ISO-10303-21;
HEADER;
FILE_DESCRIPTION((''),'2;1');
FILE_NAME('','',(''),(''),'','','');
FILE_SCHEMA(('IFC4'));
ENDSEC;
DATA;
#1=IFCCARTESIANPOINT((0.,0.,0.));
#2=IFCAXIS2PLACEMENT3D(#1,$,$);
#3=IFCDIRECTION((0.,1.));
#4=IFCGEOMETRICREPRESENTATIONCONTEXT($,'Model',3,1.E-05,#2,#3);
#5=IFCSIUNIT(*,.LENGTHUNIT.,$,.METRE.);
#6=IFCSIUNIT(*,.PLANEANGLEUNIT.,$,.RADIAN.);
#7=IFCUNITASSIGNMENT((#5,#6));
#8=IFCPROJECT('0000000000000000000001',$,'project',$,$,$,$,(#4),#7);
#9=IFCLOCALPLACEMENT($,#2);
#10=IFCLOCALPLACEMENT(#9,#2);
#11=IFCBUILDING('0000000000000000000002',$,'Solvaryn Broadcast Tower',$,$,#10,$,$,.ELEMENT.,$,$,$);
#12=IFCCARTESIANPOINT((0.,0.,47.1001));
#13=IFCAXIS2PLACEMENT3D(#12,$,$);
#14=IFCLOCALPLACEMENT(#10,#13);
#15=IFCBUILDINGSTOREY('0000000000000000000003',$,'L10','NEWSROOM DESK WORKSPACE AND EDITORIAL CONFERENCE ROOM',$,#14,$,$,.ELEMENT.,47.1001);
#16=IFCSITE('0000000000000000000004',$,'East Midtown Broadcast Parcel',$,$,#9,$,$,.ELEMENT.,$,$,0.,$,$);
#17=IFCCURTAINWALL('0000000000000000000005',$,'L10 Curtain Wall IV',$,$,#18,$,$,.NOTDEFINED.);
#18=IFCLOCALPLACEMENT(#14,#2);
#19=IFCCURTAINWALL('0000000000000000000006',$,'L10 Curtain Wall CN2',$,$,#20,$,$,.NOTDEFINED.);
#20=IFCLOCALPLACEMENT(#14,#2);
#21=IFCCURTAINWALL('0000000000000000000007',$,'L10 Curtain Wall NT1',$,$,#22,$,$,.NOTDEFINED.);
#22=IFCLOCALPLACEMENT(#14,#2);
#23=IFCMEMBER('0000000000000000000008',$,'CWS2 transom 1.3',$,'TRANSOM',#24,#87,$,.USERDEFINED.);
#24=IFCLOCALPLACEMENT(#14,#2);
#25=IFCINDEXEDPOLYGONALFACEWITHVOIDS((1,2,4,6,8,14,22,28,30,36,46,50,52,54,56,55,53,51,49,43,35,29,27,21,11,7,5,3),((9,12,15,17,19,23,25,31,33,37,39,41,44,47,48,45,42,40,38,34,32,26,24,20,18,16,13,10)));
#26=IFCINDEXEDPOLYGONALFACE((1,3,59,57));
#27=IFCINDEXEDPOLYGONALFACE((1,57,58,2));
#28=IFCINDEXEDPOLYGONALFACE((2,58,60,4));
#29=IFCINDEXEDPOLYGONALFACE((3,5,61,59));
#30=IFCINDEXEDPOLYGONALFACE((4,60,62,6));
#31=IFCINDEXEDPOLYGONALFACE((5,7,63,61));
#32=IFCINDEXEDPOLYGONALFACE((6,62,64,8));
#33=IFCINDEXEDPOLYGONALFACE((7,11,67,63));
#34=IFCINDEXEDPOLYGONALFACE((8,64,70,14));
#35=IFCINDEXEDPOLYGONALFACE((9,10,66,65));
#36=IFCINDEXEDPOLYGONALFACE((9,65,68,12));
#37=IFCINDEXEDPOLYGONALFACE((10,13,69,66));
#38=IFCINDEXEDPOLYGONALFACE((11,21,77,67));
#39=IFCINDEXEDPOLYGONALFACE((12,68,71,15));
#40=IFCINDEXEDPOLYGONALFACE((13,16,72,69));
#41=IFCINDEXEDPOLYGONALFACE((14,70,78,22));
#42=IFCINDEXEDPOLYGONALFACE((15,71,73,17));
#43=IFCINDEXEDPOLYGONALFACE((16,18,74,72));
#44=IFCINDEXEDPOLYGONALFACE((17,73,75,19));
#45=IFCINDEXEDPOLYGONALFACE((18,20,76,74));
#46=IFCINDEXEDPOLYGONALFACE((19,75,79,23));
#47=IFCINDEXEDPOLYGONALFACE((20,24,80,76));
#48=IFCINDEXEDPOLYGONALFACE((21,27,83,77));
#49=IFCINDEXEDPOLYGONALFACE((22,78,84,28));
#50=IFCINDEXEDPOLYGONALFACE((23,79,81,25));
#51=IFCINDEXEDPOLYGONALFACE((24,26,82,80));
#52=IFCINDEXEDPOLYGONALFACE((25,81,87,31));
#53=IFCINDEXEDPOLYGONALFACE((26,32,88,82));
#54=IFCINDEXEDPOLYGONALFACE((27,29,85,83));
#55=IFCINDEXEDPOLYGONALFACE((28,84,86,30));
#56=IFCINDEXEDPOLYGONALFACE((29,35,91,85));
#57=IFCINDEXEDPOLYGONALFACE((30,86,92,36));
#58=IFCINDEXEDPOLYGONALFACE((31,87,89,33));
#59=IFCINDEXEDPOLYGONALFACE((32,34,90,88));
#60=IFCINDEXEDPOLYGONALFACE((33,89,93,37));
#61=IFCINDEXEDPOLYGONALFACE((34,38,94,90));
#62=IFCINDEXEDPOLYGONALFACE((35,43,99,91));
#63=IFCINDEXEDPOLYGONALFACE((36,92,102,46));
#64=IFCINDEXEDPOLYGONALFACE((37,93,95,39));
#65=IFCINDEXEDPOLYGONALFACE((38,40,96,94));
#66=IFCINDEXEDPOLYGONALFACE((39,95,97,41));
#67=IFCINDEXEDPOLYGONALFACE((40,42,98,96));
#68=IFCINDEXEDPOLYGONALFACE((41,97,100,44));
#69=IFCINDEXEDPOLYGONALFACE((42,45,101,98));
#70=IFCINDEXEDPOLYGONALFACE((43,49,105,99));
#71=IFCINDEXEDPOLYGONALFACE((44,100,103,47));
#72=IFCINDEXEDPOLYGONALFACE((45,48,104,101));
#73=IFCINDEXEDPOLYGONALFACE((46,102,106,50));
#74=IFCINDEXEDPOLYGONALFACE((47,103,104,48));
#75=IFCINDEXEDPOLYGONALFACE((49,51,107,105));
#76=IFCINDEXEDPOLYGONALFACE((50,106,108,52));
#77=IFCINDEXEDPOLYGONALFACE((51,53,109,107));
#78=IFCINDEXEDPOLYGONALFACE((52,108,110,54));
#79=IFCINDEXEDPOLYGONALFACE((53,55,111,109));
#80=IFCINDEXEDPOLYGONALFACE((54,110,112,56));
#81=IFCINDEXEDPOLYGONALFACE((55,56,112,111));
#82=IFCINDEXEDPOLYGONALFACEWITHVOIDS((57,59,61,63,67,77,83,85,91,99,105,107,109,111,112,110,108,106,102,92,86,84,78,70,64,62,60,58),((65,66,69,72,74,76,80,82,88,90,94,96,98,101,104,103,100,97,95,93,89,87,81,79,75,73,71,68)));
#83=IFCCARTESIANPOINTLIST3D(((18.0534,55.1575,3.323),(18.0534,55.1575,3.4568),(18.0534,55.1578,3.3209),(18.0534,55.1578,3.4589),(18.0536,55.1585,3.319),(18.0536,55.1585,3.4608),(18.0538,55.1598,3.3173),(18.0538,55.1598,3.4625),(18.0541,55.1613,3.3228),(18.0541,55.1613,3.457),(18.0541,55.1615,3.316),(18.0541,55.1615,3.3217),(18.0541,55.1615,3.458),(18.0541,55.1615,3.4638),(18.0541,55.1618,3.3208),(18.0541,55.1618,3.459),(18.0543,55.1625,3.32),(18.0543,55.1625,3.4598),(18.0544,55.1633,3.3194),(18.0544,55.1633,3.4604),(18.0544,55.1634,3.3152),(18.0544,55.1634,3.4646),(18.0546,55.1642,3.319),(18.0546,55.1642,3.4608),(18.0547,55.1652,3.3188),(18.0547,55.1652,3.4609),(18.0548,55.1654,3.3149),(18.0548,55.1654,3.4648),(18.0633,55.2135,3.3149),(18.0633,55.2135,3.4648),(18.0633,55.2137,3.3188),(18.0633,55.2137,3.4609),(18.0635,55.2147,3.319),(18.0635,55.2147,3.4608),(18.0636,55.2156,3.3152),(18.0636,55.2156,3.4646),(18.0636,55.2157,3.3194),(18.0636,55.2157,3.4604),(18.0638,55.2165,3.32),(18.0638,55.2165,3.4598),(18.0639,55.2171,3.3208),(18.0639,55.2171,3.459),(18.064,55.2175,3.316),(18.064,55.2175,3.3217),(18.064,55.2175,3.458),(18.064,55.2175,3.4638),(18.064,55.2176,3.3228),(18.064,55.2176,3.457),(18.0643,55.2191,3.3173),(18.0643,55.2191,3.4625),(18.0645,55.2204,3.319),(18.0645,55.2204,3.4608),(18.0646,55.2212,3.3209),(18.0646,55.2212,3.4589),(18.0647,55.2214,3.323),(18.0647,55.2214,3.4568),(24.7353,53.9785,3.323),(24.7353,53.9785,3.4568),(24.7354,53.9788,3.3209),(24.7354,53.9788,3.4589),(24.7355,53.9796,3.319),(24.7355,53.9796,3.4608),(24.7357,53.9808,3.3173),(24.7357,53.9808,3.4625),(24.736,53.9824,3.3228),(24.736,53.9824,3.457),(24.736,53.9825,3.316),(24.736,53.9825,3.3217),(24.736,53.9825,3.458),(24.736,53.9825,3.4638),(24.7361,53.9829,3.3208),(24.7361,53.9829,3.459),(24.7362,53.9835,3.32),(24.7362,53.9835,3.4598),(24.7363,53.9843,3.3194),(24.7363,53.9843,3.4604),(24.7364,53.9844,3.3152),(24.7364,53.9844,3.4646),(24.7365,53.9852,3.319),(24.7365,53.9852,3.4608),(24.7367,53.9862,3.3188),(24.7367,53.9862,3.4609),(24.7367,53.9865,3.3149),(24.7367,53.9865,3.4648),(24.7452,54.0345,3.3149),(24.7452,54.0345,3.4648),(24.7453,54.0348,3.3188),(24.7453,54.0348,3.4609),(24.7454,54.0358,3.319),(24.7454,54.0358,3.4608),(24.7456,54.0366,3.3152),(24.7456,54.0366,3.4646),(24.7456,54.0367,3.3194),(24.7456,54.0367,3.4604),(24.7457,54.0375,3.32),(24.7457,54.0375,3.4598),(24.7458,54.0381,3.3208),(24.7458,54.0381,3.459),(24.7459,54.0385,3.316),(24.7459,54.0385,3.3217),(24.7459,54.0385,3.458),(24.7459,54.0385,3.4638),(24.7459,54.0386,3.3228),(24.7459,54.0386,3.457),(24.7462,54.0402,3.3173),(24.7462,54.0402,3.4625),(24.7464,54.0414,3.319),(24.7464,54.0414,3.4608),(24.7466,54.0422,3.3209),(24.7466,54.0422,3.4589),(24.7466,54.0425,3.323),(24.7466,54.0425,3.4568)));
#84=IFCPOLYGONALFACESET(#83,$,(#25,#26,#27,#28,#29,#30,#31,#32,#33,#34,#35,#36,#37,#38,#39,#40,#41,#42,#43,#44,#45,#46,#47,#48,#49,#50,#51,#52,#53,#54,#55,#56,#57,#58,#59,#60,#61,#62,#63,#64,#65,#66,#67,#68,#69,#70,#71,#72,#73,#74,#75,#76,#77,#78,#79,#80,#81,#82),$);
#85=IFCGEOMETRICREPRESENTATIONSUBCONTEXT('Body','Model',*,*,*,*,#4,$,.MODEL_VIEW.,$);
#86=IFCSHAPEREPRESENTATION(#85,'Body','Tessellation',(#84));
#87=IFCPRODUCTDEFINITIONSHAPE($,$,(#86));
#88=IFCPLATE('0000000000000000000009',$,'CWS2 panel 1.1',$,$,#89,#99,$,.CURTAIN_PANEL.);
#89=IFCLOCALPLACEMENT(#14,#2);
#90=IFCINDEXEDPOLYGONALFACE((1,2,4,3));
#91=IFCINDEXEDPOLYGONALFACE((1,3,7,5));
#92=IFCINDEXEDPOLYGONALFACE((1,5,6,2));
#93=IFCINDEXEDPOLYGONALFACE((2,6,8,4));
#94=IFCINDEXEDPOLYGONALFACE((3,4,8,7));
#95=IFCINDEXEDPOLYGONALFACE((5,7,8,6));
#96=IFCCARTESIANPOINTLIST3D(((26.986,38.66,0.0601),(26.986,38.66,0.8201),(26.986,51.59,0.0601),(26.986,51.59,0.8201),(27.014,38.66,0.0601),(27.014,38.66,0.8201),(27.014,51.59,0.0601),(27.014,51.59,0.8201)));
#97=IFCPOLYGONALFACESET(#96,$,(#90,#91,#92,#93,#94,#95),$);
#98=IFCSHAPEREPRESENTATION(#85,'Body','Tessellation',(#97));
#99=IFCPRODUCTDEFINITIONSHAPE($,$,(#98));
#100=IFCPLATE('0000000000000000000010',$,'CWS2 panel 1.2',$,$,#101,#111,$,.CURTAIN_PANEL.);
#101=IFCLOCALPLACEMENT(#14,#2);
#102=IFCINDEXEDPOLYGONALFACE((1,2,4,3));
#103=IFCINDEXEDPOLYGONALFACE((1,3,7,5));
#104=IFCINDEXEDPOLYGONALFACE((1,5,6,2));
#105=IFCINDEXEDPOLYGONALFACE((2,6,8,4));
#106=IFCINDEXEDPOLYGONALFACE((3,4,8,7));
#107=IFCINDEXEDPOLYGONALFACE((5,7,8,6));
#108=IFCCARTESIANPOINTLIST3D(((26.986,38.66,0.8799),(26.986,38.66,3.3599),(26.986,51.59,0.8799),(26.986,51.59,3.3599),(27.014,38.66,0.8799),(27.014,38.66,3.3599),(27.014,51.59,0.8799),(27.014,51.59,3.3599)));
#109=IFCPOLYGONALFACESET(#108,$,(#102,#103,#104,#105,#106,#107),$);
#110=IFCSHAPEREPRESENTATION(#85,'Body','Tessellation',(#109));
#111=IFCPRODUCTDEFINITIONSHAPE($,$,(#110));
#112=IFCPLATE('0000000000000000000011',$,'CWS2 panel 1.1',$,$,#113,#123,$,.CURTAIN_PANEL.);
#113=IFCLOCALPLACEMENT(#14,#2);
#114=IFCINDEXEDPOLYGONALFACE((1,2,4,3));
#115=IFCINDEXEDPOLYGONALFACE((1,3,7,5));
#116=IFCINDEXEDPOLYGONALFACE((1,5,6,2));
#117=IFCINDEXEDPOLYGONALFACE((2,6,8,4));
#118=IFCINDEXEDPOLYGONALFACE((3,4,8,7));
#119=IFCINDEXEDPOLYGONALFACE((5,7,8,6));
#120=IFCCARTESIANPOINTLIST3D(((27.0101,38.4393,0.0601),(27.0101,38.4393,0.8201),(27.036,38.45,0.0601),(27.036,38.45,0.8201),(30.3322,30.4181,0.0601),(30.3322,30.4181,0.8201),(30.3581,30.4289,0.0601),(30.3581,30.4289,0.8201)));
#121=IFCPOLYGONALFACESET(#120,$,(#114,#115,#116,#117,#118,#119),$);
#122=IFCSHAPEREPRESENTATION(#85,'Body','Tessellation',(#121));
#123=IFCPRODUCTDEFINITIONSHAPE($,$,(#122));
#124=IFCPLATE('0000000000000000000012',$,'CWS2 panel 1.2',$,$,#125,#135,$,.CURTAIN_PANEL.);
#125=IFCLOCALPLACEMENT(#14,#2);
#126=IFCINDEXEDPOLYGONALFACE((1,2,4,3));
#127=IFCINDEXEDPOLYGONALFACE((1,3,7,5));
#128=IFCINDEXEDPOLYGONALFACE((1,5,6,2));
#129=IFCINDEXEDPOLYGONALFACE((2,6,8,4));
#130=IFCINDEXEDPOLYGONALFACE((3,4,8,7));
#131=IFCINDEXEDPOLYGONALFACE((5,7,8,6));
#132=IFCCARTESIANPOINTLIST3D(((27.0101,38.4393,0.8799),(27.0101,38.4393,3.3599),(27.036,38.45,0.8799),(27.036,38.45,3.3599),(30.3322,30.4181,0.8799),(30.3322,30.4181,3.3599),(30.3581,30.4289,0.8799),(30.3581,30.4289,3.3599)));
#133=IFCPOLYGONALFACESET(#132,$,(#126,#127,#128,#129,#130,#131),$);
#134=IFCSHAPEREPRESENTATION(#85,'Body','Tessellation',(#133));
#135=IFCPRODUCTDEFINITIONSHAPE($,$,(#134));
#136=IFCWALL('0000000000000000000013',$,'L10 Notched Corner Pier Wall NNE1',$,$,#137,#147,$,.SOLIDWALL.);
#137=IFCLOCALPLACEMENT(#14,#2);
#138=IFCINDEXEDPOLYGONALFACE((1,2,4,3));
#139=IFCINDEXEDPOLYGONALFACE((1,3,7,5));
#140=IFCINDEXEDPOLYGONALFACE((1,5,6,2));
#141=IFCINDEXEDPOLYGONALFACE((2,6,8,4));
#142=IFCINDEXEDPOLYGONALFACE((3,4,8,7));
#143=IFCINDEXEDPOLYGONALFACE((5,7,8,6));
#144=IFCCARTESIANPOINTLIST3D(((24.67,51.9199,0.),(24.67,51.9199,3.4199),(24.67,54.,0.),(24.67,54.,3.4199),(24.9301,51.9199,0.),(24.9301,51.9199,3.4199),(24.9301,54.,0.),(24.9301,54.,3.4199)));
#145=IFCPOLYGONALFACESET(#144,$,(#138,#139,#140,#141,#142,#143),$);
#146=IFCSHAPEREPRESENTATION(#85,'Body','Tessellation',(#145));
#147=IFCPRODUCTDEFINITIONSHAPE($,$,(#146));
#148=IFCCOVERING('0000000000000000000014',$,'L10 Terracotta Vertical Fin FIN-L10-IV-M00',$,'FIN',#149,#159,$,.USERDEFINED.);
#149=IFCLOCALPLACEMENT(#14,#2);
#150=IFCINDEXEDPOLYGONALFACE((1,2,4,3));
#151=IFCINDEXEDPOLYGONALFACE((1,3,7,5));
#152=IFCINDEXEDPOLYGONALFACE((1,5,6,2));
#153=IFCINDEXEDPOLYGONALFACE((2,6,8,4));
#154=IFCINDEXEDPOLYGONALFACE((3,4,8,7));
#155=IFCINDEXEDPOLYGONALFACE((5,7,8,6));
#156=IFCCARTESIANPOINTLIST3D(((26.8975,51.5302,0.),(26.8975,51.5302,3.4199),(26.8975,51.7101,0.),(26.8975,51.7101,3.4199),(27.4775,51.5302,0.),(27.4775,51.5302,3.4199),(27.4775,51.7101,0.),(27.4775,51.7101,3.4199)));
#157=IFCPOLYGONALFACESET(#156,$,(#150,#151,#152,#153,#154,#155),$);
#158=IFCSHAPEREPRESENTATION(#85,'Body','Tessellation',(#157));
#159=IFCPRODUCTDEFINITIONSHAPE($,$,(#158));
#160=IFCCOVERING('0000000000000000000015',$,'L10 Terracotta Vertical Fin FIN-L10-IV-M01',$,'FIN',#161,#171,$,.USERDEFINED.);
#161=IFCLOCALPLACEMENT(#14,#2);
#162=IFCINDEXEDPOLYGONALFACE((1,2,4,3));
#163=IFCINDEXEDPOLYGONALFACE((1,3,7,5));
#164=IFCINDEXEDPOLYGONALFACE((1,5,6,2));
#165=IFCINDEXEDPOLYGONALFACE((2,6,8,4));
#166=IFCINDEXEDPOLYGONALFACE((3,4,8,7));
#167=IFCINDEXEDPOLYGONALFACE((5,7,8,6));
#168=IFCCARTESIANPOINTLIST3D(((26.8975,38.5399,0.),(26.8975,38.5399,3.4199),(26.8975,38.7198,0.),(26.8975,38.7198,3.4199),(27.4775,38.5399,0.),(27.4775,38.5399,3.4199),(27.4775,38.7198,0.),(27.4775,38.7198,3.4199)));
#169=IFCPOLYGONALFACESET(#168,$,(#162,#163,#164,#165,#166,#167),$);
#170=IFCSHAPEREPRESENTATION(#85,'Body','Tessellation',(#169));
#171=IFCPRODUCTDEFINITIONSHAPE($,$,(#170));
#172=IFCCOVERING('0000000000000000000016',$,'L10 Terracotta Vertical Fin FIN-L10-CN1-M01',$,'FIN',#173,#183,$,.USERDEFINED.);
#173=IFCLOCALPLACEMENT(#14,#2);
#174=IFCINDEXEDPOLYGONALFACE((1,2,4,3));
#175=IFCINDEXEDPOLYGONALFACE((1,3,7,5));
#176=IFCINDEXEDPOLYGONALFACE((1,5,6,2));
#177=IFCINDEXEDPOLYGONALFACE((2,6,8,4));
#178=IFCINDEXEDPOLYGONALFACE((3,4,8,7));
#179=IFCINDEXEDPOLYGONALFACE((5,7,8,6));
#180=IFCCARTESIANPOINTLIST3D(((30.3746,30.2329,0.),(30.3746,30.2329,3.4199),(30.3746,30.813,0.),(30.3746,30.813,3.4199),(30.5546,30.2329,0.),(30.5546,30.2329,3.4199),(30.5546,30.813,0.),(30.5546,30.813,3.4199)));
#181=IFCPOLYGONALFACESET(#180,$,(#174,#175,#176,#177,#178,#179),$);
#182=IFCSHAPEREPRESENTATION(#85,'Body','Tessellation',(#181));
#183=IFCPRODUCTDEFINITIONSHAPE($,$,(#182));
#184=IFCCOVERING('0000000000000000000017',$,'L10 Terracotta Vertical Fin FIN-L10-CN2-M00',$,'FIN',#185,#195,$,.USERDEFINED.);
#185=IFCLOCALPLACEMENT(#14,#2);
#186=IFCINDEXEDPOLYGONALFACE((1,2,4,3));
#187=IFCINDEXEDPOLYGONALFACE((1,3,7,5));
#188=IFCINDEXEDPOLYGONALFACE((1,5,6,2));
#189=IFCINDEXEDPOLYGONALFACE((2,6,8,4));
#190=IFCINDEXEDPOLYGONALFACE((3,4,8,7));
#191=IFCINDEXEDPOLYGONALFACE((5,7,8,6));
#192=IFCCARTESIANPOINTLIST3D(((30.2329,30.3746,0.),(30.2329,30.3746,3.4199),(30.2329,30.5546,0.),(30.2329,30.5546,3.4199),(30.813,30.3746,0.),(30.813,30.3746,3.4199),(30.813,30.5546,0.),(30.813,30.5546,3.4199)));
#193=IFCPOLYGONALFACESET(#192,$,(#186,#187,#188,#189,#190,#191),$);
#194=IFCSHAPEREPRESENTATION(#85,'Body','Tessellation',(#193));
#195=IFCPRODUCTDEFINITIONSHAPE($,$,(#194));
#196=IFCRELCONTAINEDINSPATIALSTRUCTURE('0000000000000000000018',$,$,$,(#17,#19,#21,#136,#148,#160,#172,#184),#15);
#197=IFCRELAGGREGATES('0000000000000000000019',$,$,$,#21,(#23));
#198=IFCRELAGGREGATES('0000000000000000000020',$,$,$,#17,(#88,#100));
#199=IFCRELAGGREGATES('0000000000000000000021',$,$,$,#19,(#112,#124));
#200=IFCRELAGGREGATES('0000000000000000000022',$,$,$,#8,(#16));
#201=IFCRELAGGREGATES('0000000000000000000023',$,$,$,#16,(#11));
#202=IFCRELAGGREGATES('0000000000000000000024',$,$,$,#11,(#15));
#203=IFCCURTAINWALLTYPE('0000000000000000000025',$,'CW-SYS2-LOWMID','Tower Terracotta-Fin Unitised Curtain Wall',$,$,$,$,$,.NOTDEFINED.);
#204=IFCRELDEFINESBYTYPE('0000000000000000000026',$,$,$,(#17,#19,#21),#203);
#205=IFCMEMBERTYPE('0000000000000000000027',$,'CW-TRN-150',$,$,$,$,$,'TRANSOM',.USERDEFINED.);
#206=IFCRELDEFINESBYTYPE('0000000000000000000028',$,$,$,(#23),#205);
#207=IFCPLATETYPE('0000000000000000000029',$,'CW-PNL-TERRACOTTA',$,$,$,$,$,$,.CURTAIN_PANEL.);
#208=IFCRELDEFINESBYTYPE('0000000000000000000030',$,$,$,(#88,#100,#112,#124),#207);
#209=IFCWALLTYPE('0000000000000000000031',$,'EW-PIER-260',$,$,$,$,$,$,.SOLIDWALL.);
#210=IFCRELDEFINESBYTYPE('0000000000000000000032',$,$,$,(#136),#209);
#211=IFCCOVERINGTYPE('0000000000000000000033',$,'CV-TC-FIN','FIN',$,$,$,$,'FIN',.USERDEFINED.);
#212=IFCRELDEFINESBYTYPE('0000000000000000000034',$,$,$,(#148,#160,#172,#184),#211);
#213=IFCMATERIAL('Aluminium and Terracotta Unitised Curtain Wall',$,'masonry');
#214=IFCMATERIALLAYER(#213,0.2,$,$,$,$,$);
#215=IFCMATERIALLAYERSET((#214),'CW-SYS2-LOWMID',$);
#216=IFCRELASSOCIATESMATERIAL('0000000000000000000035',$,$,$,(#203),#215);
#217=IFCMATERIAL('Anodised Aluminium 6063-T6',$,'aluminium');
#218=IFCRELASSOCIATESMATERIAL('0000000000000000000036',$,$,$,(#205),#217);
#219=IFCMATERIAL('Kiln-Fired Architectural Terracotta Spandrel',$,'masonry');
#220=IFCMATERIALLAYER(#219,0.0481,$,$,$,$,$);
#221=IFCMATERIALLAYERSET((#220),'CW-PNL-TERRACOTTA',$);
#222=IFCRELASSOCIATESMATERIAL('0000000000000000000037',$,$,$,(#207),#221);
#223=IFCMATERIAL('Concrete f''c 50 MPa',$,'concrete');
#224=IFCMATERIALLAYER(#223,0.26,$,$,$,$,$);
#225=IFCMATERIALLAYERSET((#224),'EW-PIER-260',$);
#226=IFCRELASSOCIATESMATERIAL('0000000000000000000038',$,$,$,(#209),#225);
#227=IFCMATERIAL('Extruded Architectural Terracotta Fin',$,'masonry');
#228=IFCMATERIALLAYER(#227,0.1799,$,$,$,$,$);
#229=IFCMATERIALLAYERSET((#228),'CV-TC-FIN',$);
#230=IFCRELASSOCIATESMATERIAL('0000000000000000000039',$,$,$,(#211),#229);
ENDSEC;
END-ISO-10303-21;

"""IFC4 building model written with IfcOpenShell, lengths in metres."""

from ifc_helpers import new_model, si_unit, direction, frame, frame_2d, origin, origin_2d, place, context, subcontext, project, spatial, rectangle, hollow_rectangle, extrude, material, layer, layer_set, material_profile, profile_set, type_object, element, aggregate, save


model = new_model("IFC4")

# Units and contexts
model_context = context("Model", 3, precision=1e-05, world=origin(), true_north=direction((0.0, 1.0)))
body_context = subcontext(model_context, "Body", "Model", "MODEL_VIEW")
ifc_project = project(units=[si_unit("LENGTHUNIT", "METRE"), si_unit("PLANEANGLEUNIT", "RADIAN")], contexts=[model_context])

# Site, building, storey
site_placement = place(None, origin())
site = spatial("IfcSite", under=ifc_project, at=site_placement, Name="East Midtown Broadcast Parcel", CompositionType="ELEMENT", RefElevation=0.0)
building_placement = place(site_placement, origin())
building = spatial("IfcBuilding", under=site, at=building_placement, Name="Solvaryn Broadcast Tower", CompositionType="ELEMENT")
storey_placement = place(building_placement, frame((0.0, 0.0, 47.1001)))
storey = spatial("IfcBuildingStorey", under=building, at=storey_placement, Name="L10", Description="NEWSROOM DESK WORKSPACE AND EDITORIAL CONFERENCE ROOM", CompositionType="ELEMENT", Elevation=47.1001)

# Curtain wall
ifc_material_1 = material(Name="Aluminium and Terracotta Unitised Curtain Wall", Category="masonry")
ifc_layer_1 = layer(ifc_material_1, 0.2)
ifc_layer_set_1 = layer_set([ifc_layer_1], Name="CW-SYS2-LOWMID")
curtain_wall_type = type_object("IfcCurtainWallType", Name="CW-SYS2-LOWMID", Description="Tower Terracotta-Fin Unitised Curtain Wall", PredefinedType="NOTDEFINED", material=ifc_layer_set_1)
curtain_wall_1_placement = place(storey_placement, origin())
curtain_wall_1 = element("IfcCurtainWall", 1, at=curtain_wall_1_placement, inside=storey, type_object=curtain_wall_type, Name="L10 Curtain Wall IV", PredefinedType="NOTDEFINED")

# Curtain walls
curtain_wall_2_placement = place(storey_placement, origin())
curtain_wall_2 = element("IfcCurtainWall", 2, at=curtain_wall_2_placement, inside=storey, type_object=curtain_wall_type, Name="L10 Curtain Wall CN2", PredefinedType="NOTDEFINED")
curtain_wall_3_placement = place(storey_placement, origin())
curtain_wall_3 = element("IfcCurtainWall", 3, at=curtain_wall_3_placement, inside=storey, type_object=curtain_wall_type, Name="L10 Curtain Wall NT1", PredefinedType="NOTDEFINED")

# Member
ifc_material_2 = material(Name="Anodised Aluminium 6063-T6", Category="aluminium")
ifc_material_profile_1 = material_profile(ifc_material_2, hollow_rectangle(XDim=0.0649, YDim=0.1499, WallThickness=0.0039, InnerFilletRadius=0.0039, OuterFilletRadius=0.0081, at=origin_2d()))
ifc_profile_set_1 = profile_set([ifc_material_profile_1], Name="Anodised Aluminium 6063-T6")
member_type_1 = type_object("IfcMemberType", Name="CW-TRN-150", ElementType="TRANSOM", PredefinedType="USERDEFINED", material=ifc_profile_set_1)
member_1_placement = place(storey_placement, frame((24.741, 54.0105, 3.3899), z_axis=(-0.984789, 0.173757, 0.0), x_axis=(-0.173757, -0.984789, 0.0)))
member_1 = element("IfcMember", 4, at=member_1_placement, type_object=member_type_1, Name="CWS2 transom 1.3", ObjectType="TRANSOM", PredefinedType="USERDEFINED", context=body_context, shape_type="SweptSolid", body=[
    extrude(hollow_rectangle(XDim=0.0649, YDim=0.1499, WallThickness=0.0039, InnerFilletRadius=0.0039, OuterFilletRadius=0.0081, at=origin_2d()), origin(), (0.0, 0.0, 1.0), 6.7852),
])
aggregate(curtain_wall_3, [member_1])

# Plates
ifc_material_3 = material(Name="Kiln-Fired Architectural Terracotta Spandrel", Category="masonry")
ifc_layer_2 = layer(ifc_material_3, 0.0481)
ifc_layer_set_2 = layer_set([ifc_layer_2], Name="CW-PNL-TERRACOTTA")
plate_type = type_object("IfcPlateType", Name="CW-PNL-TERRACOTTA", PredefinedType="CURTAIN_PANEL", material=ifc_layer_set_2)
plate_1_placement = place(storey_placement, frame((27.0, 45.125, 0.0601), z_axis=(0.0, 0.0, 1.0), x_axis=(0.0, -1.0, 0.0)))
plate_1 = element("IfcPlate", 5, at=plate_1_placement, type_object=plate_type, Name="CWS2 panel 1.1", PredefinedType="CURTAIN_PANEL", context=body_context, shape_type="SweptSolid", body=[
    extrude(rectangle(XDim=12.9299, YDim=0.0281, at=origin_2d()), origin(), (0.0, 0.0, 1.0), 0.76),
])
plate_2_placement = place(storey_placement, frame((27.0, 45.125, 0.8799), z_axis=(0.0, 0.0, 1.0), x_axis=(0.0, -1.0, 0.0)))
plate_2 = element("IfcPlate", 6, at=plate_2_placement, type_object=plate_type, Name="CWS2 panel 1.2", PredefinedType="CURTAIN_PANEL", context=body_context, shape_type="SweptSolid", body=[
    extrude(rectangle(XDim=12.9299, YDim=0.0281, at=origin_2d()), origin(), (0.0, 0.0, 1.0), 2.48),
])
aggregate(curtain_wall_1, [plate_1, plate_2])
plate_3_placement = place(storey_placement, frame((28.6841, 34.4341, 0.0601), z_axis=(0.0, 0.0, 1.0), x_axis=(-0.382646, 0.923895, 0.0)))
plate_3 = element("IfcPlate", 7, at=plate_3_placement, type_object=plate_type, Name="CWS2 panel 1.1", PredefinedType="CURTAIN_PANEL", context=body_context, shape_type="SweptSolid", body=[
    extrude(rectangle(XDim=8.6819, YDim=0.0281, at=origin_2d()), origin(), (0.0, 0.0, 1.0), 0.76),
])
plate_4_placement = place(storey_placement, frame((28.6841, 34.4341, 0.8799), z_axis=(0.0, 0.0, 1.0), x_axis=(-0.382646, 0.923895, 0.0)))
plate_4 = element("IfcPlate", 8, at=plate_4_placement, type_object=plate_type, Name="CWS2 panel 1.2", PredefinedType="CURTAIN_PANEL", context=body_context, shape_type="SweptSolid", body=[
    extrude(rectangle(XDim=8.6819, YDim=0.0281, at=origin_2d()), origin(), (0.0, 0.0, 1.0), 2.48),
])
aggregate(curtain_wall_2, [plate_3, plate_4])

# Wall
ifc_material_4 = material(Name="Concrete f'c 50 MPa", Category="concrete")
ifc_layer_3 = layer(ifc_material_4, 0.26)
ifc_layer_set_3 = layer_set([ifc_layer_3], Name="EW-PIER-260")
wall_type_1 = type_object("IfcWallType", Name="EW-PIER-260", PredefinedType="SOLIDWALL", material=ifc_layer_set_3)
wall_1_placement = place(storey_placement, frame((24.8, 54.0, 0.0), z_axis=(0.0, 0.0, 1.0), x_axis=(0.0, -1.0, 0.0)))
element("IfcWall", 9, at=wall_1_placement, inside=storey, type_object=wall_type_1, Name="L10 Notched Corner Pier Wall NNE1", PredefinedType="SOLIDWALL", context=body_context, shape_type="SweptSolid", body=[
    extrude(rectangle(XDim=2.0801, YDim=0.26, at=frame_2d((1.04, 0.0))), origin(), (0.0, 0.0, 1.0), 3.4199),
])

# Coverings
ifc_material_5 = material(Name="Extruded Architectural Terracotta Fin", Category="masonry")
ifc_layer_4 = layer(ifc_material_5, 0.1799)
ifc_layer_set_4 = layer_set([ifc_layer_4], Name="CV-TC-FIN")
covering_type = type_object("IfcCoveringType", Name="CV-TC-FIN", Description="FIN", ElementType="FIN", PredefinedType="USERDEFINED", material=ifc_layer_set_4)
for number, where, z_axis, x_axis, name in (
    (10, (27.1875, 51.6201, 0.0), (0.0, 0.0, 1.0), (1.0, 0.0, 0.0), "L10 Terracotta Vertical Fin FIN-L10-IV-M00"),
    (11, (27.1875, 38.6299, 0.0), (0.0, 0.0, 1.0), (1.0, 0.0, 0.0), "L10 Terracotta Vertical Fin FIN-L10-IV-M01"),
):
    element("IfcCovering", number, at=place(storey_placement, frame(where, z_axis=z_axis, x_axis=x_axis)), inside=storey, type_object=covering_type, Name=name, ObjectType="FIN", PredefinedType="USERDEFINED", context=body_context, shape_type="SweptSolid", body=[
        extrude(rectangle(XDim=0.5801, YDim=0.1799, at=origin_2d()), origin(), (0.0, 0.0, 1.0), 3.4199),
    ])
covering_1_placement = place(storey_placement, frame((30.4646, 30.5229, 0.0), z_axis=(0.0, 0.0, 1.0), x_axis=(1.0, 0.0, 0.0)))
element("IfcCovering", 12, at=covering_1_placement, inside=storey, type_object=covering_type, Name="L10 Terracotta Vertical Fin FIN-L10-CN1-M01", ObjectType="FIN", PredefinedType="USERDEFINED", context=body_context, shape_type="SweptSolid", body=[
    extrude(rectangle(XDim=0.1799, YDim=0.5801, at=origin_2d()), origin(), (0.0, 0.0, 1.0), 3.4199),
])
for number, where, z_axis, x_axis, name in (
    (13, (30.5229, 30.4646, 0.0), (0.0, 0.0, 1.0), (1.0, 0.0, 0.0), "L10 Terracotta Vertical Fin FIN-L10-CN2-M00"),
):
    element("IfcCovering", number, at=place(storey_placement, frame(where, z_axis=z_axis, x_axis=x_axis)), inside=storey, type_object=covering_type, Name=name, ObjectType="FIN", PredefinedType="USERDEFINED", context=body_context, shape_type="SweptSolid", body=[
        extrude(rectangle(XDim=0.5801, YDim=0.1799, at=origin_2d()), origin(), (0.0, 0.0, 1.0), 3.4199),
    ])

save(model, "model.ifc")
